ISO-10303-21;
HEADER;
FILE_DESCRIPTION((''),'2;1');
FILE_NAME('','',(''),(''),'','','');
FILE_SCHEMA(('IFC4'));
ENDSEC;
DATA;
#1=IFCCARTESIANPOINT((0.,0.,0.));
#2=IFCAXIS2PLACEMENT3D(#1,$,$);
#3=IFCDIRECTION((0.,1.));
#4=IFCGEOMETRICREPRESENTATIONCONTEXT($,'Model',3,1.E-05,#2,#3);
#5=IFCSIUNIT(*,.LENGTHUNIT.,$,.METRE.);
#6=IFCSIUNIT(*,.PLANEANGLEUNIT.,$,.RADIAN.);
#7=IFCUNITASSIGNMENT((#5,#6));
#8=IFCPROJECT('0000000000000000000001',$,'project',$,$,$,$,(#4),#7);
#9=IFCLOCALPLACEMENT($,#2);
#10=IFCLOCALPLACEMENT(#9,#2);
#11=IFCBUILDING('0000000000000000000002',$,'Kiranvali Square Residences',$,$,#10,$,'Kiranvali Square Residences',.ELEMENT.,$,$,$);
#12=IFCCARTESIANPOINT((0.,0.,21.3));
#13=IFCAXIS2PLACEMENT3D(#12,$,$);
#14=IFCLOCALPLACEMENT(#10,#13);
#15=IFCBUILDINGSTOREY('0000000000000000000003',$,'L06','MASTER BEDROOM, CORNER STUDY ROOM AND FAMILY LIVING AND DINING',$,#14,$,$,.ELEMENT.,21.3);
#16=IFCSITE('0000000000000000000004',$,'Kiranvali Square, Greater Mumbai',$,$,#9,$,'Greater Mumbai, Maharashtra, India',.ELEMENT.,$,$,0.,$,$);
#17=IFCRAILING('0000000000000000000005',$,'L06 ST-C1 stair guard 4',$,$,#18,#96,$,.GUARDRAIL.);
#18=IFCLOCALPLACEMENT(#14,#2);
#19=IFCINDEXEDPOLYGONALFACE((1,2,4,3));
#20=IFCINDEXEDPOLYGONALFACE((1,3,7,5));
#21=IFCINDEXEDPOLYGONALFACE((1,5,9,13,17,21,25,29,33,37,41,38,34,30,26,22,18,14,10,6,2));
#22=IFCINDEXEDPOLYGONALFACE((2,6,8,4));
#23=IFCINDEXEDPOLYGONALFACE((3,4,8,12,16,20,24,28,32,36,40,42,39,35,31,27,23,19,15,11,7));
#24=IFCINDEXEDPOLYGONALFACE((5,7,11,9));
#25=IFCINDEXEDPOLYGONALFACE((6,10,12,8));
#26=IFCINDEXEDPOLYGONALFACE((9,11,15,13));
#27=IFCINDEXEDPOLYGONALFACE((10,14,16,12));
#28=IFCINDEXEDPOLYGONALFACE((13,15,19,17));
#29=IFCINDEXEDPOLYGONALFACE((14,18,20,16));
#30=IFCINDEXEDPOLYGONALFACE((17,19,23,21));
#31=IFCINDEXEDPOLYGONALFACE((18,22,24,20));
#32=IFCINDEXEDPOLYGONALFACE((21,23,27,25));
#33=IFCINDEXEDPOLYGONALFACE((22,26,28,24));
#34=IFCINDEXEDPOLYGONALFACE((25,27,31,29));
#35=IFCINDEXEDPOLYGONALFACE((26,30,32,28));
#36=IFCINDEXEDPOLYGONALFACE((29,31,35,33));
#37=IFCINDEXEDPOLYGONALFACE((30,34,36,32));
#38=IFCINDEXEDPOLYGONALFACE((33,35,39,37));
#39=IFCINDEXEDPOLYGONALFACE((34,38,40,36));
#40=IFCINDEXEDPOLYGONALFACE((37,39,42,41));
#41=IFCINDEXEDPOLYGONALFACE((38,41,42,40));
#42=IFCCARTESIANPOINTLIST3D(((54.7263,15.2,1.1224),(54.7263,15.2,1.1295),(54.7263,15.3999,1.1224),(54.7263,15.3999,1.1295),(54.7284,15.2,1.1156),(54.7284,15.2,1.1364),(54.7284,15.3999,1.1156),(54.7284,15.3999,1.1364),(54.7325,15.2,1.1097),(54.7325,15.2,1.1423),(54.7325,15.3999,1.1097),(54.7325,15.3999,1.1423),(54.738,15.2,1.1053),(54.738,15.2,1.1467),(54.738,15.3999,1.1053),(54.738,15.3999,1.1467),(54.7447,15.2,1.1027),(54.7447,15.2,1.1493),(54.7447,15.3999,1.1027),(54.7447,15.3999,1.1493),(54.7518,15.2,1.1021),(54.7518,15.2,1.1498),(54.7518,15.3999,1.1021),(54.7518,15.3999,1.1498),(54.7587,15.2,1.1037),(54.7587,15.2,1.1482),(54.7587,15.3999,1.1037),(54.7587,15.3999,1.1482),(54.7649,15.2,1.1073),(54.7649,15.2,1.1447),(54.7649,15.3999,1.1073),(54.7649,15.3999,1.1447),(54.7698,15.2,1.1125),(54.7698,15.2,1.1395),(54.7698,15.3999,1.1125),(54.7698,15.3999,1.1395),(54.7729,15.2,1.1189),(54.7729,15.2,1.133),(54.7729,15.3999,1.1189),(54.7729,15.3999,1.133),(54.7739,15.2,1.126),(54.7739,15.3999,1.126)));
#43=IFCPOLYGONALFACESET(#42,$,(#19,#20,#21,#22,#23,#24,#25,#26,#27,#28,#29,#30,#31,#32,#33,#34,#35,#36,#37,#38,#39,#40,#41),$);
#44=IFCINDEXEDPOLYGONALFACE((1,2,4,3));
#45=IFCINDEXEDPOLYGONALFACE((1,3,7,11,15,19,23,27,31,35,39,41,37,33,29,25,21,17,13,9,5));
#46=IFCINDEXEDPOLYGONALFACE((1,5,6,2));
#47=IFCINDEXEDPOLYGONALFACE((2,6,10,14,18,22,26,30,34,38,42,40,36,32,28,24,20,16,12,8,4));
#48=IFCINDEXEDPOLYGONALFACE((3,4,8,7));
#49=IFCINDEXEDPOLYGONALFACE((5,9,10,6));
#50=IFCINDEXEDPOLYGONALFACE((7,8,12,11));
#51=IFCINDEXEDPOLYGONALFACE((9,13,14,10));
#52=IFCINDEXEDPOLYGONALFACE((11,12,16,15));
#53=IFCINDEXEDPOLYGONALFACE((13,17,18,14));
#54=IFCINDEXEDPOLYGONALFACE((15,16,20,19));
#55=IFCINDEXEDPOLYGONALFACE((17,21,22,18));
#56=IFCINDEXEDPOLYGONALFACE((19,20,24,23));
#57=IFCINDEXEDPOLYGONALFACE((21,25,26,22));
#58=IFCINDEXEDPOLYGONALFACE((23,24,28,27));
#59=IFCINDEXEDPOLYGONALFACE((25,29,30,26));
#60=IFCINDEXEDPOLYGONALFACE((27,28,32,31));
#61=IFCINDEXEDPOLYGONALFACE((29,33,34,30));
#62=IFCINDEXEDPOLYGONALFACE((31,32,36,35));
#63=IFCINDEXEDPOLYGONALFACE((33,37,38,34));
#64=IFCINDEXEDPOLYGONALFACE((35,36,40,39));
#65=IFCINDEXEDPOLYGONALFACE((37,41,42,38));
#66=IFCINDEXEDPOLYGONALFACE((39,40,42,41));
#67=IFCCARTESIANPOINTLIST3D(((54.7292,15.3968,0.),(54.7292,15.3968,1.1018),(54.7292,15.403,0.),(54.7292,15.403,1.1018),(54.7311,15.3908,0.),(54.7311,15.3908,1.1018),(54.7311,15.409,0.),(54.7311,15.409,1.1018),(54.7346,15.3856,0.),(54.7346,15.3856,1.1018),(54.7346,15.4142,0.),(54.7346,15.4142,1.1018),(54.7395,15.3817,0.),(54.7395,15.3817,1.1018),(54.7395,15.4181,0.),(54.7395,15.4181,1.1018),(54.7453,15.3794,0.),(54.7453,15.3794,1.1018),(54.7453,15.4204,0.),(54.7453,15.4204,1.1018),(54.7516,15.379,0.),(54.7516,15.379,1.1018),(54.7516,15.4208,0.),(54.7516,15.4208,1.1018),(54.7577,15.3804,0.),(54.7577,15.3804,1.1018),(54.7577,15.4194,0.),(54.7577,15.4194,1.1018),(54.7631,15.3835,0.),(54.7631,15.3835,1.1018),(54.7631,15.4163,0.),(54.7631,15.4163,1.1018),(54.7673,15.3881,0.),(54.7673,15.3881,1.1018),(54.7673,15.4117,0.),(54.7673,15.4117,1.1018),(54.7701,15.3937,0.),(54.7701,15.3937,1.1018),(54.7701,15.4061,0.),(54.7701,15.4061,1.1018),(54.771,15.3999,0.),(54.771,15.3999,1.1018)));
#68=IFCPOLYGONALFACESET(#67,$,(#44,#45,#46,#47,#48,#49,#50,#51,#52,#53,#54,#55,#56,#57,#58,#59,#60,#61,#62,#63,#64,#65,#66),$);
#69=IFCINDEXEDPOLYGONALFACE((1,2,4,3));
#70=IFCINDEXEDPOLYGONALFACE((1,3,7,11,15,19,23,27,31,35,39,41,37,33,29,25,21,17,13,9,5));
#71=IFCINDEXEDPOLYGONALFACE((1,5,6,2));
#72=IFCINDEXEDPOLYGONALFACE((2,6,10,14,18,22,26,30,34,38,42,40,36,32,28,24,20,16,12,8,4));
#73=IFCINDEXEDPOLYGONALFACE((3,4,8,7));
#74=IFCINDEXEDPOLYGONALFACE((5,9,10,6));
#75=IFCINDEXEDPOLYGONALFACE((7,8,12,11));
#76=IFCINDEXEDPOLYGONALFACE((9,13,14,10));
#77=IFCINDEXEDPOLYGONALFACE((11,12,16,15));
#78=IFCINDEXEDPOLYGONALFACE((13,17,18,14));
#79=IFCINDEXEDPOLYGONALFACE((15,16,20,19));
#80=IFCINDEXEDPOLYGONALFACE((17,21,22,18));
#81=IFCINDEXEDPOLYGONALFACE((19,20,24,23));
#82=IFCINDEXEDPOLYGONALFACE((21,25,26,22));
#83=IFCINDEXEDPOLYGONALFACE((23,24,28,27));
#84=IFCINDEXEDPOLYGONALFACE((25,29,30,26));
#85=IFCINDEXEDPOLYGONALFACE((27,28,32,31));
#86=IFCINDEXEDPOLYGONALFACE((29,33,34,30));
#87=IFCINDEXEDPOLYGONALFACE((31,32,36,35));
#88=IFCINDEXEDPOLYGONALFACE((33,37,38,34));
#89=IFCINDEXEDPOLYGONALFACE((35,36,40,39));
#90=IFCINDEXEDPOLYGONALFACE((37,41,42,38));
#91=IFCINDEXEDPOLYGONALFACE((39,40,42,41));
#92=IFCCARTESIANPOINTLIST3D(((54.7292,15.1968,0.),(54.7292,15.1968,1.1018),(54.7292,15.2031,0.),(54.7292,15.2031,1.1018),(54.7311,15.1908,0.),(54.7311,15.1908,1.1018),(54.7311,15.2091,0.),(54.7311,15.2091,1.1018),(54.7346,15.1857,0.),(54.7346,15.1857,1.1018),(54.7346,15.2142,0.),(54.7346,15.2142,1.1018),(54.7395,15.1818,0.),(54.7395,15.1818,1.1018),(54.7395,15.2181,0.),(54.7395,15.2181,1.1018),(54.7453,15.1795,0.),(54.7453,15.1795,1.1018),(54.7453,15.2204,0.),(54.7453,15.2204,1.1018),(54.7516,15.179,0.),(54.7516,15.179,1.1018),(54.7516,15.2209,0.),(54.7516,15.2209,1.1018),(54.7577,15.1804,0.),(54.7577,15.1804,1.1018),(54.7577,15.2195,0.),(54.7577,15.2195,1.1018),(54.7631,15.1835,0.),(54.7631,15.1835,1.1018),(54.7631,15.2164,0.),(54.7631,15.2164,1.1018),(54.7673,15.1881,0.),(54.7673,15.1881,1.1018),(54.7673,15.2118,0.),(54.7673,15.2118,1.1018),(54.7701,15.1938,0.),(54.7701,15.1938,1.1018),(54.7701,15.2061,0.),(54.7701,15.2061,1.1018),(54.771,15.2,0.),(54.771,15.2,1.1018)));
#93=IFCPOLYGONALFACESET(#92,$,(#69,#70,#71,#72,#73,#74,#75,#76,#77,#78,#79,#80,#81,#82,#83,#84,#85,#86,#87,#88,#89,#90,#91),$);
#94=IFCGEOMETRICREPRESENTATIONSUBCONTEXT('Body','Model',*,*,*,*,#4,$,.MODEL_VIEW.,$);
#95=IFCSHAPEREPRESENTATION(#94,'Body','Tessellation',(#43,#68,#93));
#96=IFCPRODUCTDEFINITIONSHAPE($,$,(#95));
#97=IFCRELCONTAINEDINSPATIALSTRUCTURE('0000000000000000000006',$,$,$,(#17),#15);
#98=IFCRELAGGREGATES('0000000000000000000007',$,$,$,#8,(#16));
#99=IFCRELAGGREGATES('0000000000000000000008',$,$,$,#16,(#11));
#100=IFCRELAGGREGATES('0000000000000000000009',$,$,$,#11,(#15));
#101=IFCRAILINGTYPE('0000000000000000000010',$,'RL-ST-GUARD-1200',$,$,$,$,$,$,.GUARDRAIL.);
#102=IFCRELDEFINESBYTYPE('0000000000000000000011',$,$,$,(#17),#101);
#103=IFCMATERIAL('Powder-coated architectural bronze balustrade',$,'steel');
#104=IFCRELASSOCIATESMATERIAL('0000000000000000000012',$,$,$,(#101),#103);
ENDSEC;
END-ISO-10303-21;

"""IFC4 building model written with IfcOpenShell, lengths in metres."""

from ifc_helpers import new_model, si_unit, direction, frame, origin, origin_2d, place, context, subcontext, project, spatial, circle, extrude, material, type_object, element, save


model = new_model("IFC4")

# Units and contexts
model_context = context("Model", 3, precision=1e-05, world=origin(), true_north=direction((0.0, 1.0)))
body_context = subcontext(model_context, "Body", "Model", "MODEL_VIEW")
ifc_project = project(units=[si_unit("LENGTHUNIT", "METRE"), si_unit("PLANEANGLEUNIT", "RADIAN")], contexts=[model_context])

# Site, building, storey
site_placement = place(None, origin())
site = spatial("IfcSite", under=ifc_project, at=site_placement, Name="Kiranvali Square, Greater Mumbai", LongName="Greater Mumbai, Maharashtra, India", CompositionType="ELEMENT", RefElevation=0.0)
building_placement = place(site_placement, origin())
building = spatial("IfcBuilding", under=site, at=building_placement, Name="Kiranvali Square Residences", LongName="Kiranvali Square Residences", CompositionType="ELEMENT")
storey_placement = place(building_placement, frame((0.0, 0.0, 21.3)))
storey = spatial("IfcBuildingStorey", under=building, at=storey_placement, Name="L06", Description="MASTER BEDROOM, CORNER STUDY ROOM AND FAMILY LIVING AND DINING", CompositionType="ELEMENT", Elevation=21.3)

# Railing
ifc_material_1 = material(Name="Powder-coated architectural bronze balustrade", Category="steel")
railing_type_1 = type_object("IfcRailingType", Name="RL-ST-GUARD-1200", PredefinedType="GUARDRAIL", material=ifc_material_1)
railing_1_placement = place(storey_placement, frame((54.75, 15.3999, 0.0)))
element("IfcRailing", 1, at=railing_1_placement, inside=storey, type_object=railing_type_1, Name="L06 ST-C1 stair guard 4", PredefinedType="GUARDRAIL", context=body_context, shape_type="SweptSolid", body=[
    extrude(circle(Radius=0.0239, at=origin_2d()), frame((0.0, 0.0, 1.126), z_axis=(0.0, -1.0, 0.0), x_axis=(1.0, 0.0, 0.0)), (0.0, 0.0, 1.0), 0.2),
    extrude(circle(Radius=0.021, at=origin_2d()), origin(), (0.0, 0.0, 1.0), 1.1018),
    extrude(circle(Radius=0.021, at=origin_2d()), frame((0.0, -0.2, 0.0)), (0.0, 0.0, 1.0), 1.1018),
])

save(model, "model.ifc")
